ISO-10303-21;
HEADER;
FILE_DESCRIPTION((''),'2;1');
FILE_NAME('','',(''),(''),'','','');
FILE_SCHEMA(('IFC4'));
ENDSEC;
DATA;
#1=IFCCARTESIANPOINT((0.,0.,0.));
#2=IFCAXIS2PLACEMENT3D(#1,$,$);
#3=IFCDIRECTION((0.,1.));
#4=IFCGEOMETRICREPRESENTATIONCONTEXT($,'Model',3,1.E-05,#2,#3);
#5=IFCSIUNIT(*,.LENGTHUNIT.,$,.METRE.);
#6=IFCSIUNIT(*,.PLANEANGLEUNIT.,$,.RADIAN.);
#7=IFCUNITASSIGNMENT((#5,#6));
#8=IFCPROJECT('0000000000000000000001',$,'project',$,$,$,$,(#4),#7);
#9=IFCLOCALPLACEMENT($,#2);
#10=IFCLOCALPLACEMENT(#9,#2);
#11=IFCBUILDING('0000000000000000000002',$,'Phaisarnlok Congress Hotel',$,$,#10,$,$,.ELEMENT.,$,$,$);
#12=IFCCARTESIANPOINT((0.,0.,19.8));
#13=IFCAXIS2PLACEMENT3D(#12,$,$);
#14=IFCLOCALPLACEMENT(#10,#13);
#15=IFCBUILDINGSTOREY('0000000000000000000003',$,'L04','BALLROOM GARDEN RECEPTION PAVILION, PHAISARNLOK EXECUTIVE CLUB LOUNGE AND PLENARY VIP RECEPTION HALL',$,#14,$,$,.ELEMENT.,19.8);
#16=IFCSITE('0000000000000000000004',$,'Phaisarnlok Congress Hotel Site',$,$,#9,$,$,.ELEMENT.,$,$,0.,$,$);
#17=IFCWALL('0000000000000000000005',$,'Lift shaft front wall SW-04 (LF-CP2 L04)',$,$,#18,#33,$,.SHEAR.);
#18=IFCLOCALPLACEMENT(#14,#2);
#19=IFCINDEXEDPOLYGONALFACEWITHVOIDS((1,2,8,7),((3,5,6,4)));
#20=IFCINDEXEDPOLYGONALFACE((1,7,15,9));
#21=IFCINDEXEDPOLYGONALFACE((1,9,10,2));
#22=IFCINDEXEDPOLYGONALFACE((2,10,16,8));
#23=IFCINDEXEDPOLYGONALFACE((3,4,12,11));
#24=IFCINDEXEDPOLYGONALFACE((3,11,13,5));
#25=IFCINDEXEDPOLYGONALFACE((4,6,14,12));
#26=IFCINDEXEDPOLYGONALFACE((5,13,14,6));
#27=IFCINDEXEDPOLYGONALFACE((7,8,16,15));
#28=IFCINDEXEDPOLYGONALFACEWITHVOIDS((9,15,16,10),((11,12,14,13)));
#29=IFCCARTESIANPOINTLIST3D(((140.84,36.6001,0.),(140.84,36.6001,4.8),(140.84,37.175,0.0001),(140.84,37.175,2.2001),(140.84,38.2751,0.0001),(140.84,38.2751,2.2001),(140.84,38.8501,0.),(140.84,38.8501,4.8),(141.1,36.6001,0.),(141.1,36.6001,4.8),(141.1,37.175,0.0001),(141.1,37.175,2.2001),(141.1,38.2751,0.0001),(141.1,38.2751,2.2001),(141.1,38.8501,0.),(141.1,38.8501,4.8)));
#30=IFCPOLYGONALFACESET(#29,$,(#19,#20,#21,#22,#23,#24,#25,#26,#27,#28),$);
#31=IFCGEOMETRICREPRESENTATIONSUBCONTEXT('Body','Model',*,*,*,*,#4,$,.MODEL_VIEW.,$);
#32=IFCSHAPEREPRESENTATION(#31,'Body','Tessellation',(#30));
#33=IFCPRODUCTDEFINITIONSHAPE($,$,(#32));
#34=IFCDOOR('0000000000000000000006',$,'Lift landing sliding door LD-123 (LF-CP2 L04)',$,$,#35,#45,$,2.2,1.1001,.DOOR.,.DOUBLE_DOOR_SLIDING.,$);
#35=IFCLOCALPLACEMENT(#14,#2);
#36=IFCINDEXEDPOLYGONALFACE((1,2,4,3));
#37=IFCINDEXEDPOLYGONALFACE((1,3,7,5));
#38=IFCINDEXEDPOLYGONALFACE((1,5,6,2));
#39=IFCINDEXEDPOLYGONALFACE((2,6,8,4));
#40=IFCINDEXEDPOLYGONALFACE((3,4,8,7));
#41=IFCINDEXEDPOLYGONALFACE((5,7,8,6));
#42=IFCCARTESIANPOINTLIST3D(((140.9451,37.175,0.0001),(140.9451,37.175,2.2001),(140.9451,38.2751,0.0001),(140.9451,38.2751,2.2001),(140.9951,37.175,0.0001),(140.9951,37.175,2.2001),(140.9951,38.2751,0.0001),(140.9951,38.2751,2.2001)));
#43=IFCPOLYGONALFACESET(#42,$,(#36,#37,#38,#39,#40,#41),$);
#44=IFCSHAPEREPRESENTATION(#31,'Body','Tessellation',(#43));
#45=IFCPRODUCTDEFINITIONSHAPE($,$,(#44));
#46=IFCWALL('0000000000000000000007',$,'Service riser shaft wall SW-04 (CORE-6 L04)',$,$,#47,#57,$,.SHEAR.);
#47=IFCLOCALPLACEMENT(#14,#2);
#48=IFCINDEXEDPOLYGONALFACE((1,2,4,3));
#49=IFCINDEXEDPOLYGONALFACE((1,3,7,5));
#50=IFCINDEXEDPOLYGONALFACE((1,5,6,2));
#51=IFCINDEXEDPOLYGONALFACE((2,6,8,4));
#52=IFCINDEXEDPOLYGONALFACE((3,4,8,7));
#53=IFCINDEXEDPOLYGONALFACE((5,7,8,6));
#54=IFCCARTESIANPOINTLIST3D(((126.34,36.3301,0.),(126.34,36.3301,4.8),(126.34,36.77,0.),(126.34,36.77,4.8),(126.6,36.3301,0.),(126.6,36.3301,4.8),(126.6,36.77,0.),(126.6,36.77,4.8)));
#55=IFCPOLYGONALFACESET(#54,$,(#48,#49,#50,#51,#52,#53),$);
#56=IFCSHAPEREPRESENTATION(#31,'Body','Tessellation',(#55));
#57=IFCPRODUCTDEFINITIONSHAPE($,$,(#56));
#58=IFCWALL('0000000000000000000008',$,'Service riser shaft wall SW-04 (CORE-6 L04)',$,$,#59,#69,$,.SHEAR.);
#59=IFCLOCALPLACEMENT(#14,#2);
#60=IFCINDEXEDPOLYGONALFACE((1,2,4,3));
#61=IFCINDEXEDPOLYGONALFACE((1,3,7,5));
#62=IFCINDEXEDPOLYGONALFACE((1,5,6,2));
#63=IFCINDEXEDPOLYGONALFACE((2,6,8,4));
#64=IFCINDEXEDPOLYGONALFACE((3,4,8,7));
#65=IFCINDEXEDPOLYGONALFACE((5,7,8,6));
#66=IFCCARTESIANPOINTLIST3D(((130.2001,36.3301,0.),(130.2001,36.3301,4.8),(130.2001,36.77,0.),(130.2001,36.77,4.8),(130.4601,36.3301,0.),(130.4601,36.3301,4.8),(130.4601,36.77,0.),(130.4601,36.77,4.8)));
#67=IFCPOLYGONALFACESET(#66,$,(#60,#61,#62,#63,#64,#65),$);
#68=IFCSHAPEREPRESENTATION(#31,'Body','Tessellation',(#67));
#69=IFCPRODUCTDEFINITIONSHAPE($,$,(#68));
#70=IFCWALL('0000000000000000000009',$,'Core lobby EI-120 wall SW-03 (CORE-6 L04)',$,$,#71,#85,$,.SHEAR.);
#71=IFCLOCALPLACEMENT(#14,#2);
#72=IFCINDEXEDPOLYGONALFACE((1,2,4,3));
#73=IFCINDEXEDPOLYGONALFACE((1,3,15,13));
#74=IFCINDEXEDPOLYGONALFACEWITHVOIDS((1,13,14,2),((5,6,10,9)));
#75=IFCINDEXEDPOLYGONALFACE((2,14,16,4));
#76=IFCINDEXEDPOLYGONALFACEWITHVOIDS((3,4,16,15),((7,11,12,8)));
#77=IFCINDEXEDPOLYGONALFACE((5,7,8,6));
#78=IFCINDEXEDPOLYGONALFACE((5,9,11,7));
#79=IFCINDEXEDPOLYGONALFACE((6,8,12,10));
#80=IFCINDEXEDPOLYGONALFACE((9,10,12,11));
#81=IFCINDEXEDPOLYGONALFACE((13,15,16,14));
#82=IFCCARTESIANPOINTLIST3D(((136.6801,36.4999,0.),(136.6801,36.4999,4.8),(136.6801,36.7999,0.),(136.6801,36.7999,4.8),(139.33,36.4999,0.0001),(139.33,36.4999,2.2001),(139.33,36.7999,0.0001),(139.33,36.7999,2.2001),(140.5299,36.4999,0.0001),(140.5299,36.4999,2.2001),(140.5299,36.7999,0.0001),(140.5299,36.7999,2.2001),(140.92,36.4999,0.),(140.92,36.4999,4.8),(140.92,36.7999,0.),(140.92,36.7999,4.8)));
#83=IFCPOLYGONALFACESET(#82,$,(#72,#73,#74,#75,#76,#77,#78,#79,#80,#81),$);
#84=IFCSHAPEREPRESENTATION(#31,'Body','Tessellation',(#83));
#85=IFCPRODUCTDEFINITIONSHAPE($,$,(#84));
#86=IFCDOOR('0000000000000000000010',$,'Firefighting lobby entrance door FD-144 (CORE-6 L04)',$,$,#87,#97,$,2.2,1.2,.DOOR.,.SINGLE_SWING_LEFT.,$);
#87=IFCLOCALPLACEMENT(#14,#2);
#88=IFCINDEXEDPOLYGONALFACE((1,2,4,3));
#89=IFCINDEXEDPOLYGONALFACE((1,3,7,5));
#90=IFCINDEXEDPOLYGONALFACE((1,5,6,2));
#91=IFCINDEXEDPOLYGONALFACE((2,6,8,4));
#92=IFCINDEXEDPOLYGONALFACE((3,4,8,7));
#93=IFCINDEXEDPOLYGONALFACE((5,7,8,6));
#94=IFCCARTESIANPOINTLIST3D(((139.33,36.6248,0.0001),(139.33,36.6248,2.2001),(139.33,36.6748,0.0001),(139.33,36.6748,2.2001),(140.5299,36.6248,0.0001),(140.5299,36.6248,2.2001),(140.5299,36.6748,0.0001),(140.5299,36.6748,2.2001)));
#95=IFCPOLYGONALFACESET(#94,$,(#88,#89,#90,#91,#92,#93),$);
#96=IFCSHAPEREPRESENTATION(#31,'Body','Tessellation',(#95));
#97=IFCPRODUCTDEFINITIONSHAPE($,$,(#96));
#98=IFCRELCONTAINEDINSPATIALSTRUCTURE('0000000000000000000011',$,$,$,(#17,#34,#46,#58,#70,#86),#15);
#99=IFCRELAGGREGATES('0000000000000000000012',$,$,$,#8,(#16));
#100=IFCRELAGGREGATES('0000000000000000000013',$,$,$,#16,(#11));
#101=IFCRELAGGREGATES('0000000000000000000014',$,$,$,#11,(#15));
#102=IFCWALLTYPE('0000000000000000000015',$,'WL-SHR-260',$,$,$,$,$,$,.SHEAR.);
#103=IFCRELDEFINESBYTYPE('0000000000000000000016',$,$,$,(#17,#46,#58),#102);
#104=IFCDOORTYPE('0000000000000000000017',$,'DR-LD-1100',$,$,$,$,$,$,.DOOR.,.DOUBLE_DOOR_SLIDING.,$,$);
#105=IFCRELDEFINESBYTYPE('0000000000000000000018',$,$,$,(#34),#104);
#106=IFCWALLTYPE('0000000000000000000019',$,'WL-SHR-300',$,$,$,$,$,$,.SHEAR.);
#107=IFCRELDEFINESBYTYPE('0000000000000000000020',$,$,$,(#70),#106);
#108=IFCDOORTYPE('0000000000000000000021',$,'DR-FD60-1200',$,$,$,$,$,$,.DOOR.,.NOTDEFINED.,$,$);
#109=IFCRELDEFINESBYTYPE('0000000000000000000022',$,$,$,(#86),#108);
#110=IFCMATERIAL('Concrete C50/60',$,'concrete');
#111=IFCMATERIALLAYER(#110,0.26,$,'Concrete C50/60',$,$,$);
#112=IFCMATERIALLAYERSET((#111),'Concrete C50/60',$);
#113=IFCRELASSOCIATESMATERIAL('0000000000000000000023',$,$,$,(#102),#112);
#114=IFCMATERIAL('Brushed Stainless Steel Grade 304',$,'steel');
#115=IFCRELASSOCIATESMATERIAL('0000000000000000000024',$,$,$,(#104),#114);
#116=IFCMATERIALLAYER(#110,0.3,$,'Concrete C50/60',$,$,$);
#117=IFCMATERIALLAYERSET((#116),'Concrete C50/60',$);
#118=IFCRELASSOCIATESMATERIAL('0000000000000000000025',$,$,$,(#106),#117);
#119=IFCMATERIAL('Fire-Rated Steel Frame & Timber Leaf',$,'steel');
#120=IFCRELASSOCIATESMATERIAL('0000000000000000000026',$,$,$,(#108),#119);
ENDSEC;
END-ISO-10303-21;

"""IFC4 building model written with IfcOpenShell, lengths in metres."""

from ifc_helpers import new_model, si_unit, direction, frame, frame_2d, origin, place, context, subcontext, project, spatial, rectangle, extrude, material, layer, layer_set, type_object, element, fill, save


model = new_model("IFC4")

# Units and contexts
model_context = context("Model", 3, precision=1e-05, world=origin(), true_north=direction((0.0, 1.0)))
body_context = subcontext(model_context, "Body", "Model", "MODEL_VIEW")
ifc_project = project(units=[si_unit("LENGTHUNIT", "METRE"), si_unit("PLANEANGLEUNIT", "RADIAN")], contexts=[model_context])

# Site, building, storey
site_placement = place(None, origin())
site = spatial("IfcSite", under=ifc_project, at=site_placement, Name="Phaisarnlok Congress Hotel Site", CompositionType="ELEMENT", RefElevation=0.0)
building_placement = place(site_placement, origin())
building = spatial("IfcBuilding", under=site, at=building_placement, Name="Phaisarnlok Congress Hotel", CompositionType="ELEMENT")
storey_placement = place(building_placement, frame((0.0, 0.0, 19.8)))
storey = spatial("IfcBuildingStorey", under=building, at=storey_placement, Name="L04", Description="BALLROOM GARDEN RECEPTION PAVILION, PHAISARNLOK EXECUTIVE CLUB LOUNGE AND PLENARY VIP RECEPTION HALL", CompositionType="ELEMENT", Elevation=19.8)

# Shared definitions
ifc_material_1 = material(Name="Concrete C50/60", Category="concrete")

# Shared definitions
ifc_layer_1 = layer(ifc_material_1, 0.26, Name="Concrete C50/60")
ifc_layer_set_1 = layer_set([ifc_layer_1], Name="Concrete C50/60")
wall_type_1 = type_object("IfcWallType", Name="WL-SHR-260", PredefinedType="SHEAR", material=ifc_layer_set_1)

# Wall, opening, door
wall_1_placement = place(storey_placement, frame((140.97, 36.6001, 0.0), z_axis=(0.0, 0.0, 1.0), x_axis=(0.0, 1.0, 0.0)))
wall_1 = element("IfcWall", 1, at=wall_1_placement, inside=storey, type_object=wall_type_1, Name="Lift shaft front wall SW-04 (LF-CP2 L04)", PredefinedType="SHEAR", context=body_context, shape_type="SweptSolid", body=[
    extrude(rectangle(XDim=2.25, YDim=0.26, at=frame_2d((1.125, 0.0))), origin(), (0.0, 0.0, 1.0), 4.8),
])
opening_1_placement = place(wall_1_placement, frame((0.575, 0.0, 0.0)))
opening_1 = element("IfcOpeningElement", 2, at=opening_1_placement, cuts=wall_1, PredefinedType="OPENING", context=body_context, shape_type="SweptSolid", body=[
    extrude(rectangle(XDim=1.1001, YDim=2.2, at=frame_2d((0.55, 1.1001))), frame((0.0, 0.1401, 0.0), z_axis=(0.0, -1.0, 0.0), x_axis=(1.0, 0.0, 0.0)), (0.0, 0.0, 1.0), 0.28),
])
ifc_material_2 = material(Name="Brushed Stainless Steel Grade 304", Category="steel")
door_type_1 = type_object("IfcDoorType", Name="DR-LD-1100", OperationType="DOUBLE_DOOR_SLIDING", PredefinedType="DOOR", material=ifc_material_2)
door_1_placement = place(opening_1_placement, origin())
door_1 = element("IfcDoor", 3, at=door_1_placement, inside=storey, type_object=door_type_1, Name="Lift landing sliding door LD-123 (LF-CP2 L04)", OperationType="DOUBLE_DOOR_SLIDING", OverallHeight=2.2, OverallWidth=1.1001, PredefinedType="DOOR", context=body_context, shape_type="SweptSolid", body=[
    extrude(rectangle(XDim=1.1001, YDim=2.2, at=frame_2d((0.55, 1.1001))), frame((0.0, 0.0249, 0.0), z_axis=(0.0, -1.0, 0.0), x_axis=(1.0, 0.0, 0.0)), (0.0, 0.0, 1.0), 0.05),
])
fill(opening_1, door_1)

# Walls
for number, where, z_axis, x_axis, name in (
    (4, (126.47, 36.3301, 0.0), (0.0, 0.0, 1.0), (0.0, 1.0, 0.0), "Service riser shaft wall SW-04 (CORE-6 L04)"),
    (5, (130.3301, 36.3301, 0.0), (0.0, 0.0, 1.0), (0.0, 1.0, 0.0), "Service riser shaft wall SW-04 (CORE-6 L04)"),
):
    element("IfcWall", number, at=place(storey_placement, frame(where, z_axis=z_axis, x_axis=x_axis)), inside=storey, type_object=wall_type_1, Name=name, PredefinedType="SHEAR", context=body_context, shape_type="SweptSolid", body=[
        extrude(rectangle(XDim=0.4399, YDim=0.26, at=frame_2d((0.22, 0.0))), origin(), (0.0, 0.0, 1.0), 4.8),
    ])

# Wall, opening, door
ifc_layer_2 = layer(ifc_material_1, 0.3, Name="Concrete C50/60")
ifc_layer_set_2 = layer_set([ifc_layer_2], Name="Concrete C50/60")
wall_type_2 = type_object("IfcWallType", Name="WL-SHR-300", PredefinedType="SHEAR", material=ifc_layer_set_2)
wall_2_placement = place(storey_placement, frame((136.6799, 36.6499, 0.0), z_axis=(0.0, 0.0, 1.0), x_axis=(1.0, 0.0, 0.0)))
wall_2 = element("IfcWall", 6, at=wall_2_placement, inside=storey, type_object=wall_type_2, Name="Core lobby EI-120 wall SW-03 (CORE-6 L04)", PredefinedType="SHEAR", context=body_context, shape_type="SweptSolid", body=[
    extrude(rectangle(XDim=4.24, YDim=0.3, at=frame_2d((2.1201, 0.0))), origin(), (0.0, 0.0, 1.0), 4.8),
])
opening_2_placement = place(wall_2_placement, frame((2.6499, 0.0, 0.0)))
opening_2 = element("IfcOpeningElement", 7, at=opening_2_placement, cuts=wall_2, PredefinedType="OPENING", context=body_context, shape_type="SweptSolid", body=[
    extrude(rectangle(XDim=1.2, YDim=2.2, at=frame_2d((0.6001, 1.1001))), frame((0.0, 0.1602, 0.0), z_axis=(0.0, -1.0, 0.0), x_axis=(1.0, 0.0, 0.0)), (0.0, 0.0, 1.0), 0.3201),
])
ifc_material_3 = material(Name="Fire-Rated Steel Frame & Timber Leaf", Category="steel")
door_type_2 = type_object("IfcDoorType", Name="DR-FD60-1200", OperationType="NOTDEFINED", PredefinedType="DOOR", material=ifc_material_3)
door_2_placement = place(opening_2_placement, origin())
door_2 = element("IfcDoor", 8, at=door_2_placement, inside=storey, type_object=door_type_2, Name="Firefighting lobby entrance door FD-144 (CORE-6 L04)", OperationType="SINGLE_SWING_LEFT", OverallHeight=2.2, OverallWidth=1.2, PredefinedType="DOOR", context=body_context, shape_type="SweptSolid", body=[
    extrude(rectangle(XDim=1.2, YDim=2.2, at=frame_2d((0.6001, 1.1001))), frame((0.0, 0.0249, 0.0), z_axis=(0.0, -1.0, 0.0), x_axis=(1.0, 0.0, 0.0)), (0.0, 0.0, 1.0), 0.05),
])
fill(opening_2, door_2)

save(model, "model.ifc")
